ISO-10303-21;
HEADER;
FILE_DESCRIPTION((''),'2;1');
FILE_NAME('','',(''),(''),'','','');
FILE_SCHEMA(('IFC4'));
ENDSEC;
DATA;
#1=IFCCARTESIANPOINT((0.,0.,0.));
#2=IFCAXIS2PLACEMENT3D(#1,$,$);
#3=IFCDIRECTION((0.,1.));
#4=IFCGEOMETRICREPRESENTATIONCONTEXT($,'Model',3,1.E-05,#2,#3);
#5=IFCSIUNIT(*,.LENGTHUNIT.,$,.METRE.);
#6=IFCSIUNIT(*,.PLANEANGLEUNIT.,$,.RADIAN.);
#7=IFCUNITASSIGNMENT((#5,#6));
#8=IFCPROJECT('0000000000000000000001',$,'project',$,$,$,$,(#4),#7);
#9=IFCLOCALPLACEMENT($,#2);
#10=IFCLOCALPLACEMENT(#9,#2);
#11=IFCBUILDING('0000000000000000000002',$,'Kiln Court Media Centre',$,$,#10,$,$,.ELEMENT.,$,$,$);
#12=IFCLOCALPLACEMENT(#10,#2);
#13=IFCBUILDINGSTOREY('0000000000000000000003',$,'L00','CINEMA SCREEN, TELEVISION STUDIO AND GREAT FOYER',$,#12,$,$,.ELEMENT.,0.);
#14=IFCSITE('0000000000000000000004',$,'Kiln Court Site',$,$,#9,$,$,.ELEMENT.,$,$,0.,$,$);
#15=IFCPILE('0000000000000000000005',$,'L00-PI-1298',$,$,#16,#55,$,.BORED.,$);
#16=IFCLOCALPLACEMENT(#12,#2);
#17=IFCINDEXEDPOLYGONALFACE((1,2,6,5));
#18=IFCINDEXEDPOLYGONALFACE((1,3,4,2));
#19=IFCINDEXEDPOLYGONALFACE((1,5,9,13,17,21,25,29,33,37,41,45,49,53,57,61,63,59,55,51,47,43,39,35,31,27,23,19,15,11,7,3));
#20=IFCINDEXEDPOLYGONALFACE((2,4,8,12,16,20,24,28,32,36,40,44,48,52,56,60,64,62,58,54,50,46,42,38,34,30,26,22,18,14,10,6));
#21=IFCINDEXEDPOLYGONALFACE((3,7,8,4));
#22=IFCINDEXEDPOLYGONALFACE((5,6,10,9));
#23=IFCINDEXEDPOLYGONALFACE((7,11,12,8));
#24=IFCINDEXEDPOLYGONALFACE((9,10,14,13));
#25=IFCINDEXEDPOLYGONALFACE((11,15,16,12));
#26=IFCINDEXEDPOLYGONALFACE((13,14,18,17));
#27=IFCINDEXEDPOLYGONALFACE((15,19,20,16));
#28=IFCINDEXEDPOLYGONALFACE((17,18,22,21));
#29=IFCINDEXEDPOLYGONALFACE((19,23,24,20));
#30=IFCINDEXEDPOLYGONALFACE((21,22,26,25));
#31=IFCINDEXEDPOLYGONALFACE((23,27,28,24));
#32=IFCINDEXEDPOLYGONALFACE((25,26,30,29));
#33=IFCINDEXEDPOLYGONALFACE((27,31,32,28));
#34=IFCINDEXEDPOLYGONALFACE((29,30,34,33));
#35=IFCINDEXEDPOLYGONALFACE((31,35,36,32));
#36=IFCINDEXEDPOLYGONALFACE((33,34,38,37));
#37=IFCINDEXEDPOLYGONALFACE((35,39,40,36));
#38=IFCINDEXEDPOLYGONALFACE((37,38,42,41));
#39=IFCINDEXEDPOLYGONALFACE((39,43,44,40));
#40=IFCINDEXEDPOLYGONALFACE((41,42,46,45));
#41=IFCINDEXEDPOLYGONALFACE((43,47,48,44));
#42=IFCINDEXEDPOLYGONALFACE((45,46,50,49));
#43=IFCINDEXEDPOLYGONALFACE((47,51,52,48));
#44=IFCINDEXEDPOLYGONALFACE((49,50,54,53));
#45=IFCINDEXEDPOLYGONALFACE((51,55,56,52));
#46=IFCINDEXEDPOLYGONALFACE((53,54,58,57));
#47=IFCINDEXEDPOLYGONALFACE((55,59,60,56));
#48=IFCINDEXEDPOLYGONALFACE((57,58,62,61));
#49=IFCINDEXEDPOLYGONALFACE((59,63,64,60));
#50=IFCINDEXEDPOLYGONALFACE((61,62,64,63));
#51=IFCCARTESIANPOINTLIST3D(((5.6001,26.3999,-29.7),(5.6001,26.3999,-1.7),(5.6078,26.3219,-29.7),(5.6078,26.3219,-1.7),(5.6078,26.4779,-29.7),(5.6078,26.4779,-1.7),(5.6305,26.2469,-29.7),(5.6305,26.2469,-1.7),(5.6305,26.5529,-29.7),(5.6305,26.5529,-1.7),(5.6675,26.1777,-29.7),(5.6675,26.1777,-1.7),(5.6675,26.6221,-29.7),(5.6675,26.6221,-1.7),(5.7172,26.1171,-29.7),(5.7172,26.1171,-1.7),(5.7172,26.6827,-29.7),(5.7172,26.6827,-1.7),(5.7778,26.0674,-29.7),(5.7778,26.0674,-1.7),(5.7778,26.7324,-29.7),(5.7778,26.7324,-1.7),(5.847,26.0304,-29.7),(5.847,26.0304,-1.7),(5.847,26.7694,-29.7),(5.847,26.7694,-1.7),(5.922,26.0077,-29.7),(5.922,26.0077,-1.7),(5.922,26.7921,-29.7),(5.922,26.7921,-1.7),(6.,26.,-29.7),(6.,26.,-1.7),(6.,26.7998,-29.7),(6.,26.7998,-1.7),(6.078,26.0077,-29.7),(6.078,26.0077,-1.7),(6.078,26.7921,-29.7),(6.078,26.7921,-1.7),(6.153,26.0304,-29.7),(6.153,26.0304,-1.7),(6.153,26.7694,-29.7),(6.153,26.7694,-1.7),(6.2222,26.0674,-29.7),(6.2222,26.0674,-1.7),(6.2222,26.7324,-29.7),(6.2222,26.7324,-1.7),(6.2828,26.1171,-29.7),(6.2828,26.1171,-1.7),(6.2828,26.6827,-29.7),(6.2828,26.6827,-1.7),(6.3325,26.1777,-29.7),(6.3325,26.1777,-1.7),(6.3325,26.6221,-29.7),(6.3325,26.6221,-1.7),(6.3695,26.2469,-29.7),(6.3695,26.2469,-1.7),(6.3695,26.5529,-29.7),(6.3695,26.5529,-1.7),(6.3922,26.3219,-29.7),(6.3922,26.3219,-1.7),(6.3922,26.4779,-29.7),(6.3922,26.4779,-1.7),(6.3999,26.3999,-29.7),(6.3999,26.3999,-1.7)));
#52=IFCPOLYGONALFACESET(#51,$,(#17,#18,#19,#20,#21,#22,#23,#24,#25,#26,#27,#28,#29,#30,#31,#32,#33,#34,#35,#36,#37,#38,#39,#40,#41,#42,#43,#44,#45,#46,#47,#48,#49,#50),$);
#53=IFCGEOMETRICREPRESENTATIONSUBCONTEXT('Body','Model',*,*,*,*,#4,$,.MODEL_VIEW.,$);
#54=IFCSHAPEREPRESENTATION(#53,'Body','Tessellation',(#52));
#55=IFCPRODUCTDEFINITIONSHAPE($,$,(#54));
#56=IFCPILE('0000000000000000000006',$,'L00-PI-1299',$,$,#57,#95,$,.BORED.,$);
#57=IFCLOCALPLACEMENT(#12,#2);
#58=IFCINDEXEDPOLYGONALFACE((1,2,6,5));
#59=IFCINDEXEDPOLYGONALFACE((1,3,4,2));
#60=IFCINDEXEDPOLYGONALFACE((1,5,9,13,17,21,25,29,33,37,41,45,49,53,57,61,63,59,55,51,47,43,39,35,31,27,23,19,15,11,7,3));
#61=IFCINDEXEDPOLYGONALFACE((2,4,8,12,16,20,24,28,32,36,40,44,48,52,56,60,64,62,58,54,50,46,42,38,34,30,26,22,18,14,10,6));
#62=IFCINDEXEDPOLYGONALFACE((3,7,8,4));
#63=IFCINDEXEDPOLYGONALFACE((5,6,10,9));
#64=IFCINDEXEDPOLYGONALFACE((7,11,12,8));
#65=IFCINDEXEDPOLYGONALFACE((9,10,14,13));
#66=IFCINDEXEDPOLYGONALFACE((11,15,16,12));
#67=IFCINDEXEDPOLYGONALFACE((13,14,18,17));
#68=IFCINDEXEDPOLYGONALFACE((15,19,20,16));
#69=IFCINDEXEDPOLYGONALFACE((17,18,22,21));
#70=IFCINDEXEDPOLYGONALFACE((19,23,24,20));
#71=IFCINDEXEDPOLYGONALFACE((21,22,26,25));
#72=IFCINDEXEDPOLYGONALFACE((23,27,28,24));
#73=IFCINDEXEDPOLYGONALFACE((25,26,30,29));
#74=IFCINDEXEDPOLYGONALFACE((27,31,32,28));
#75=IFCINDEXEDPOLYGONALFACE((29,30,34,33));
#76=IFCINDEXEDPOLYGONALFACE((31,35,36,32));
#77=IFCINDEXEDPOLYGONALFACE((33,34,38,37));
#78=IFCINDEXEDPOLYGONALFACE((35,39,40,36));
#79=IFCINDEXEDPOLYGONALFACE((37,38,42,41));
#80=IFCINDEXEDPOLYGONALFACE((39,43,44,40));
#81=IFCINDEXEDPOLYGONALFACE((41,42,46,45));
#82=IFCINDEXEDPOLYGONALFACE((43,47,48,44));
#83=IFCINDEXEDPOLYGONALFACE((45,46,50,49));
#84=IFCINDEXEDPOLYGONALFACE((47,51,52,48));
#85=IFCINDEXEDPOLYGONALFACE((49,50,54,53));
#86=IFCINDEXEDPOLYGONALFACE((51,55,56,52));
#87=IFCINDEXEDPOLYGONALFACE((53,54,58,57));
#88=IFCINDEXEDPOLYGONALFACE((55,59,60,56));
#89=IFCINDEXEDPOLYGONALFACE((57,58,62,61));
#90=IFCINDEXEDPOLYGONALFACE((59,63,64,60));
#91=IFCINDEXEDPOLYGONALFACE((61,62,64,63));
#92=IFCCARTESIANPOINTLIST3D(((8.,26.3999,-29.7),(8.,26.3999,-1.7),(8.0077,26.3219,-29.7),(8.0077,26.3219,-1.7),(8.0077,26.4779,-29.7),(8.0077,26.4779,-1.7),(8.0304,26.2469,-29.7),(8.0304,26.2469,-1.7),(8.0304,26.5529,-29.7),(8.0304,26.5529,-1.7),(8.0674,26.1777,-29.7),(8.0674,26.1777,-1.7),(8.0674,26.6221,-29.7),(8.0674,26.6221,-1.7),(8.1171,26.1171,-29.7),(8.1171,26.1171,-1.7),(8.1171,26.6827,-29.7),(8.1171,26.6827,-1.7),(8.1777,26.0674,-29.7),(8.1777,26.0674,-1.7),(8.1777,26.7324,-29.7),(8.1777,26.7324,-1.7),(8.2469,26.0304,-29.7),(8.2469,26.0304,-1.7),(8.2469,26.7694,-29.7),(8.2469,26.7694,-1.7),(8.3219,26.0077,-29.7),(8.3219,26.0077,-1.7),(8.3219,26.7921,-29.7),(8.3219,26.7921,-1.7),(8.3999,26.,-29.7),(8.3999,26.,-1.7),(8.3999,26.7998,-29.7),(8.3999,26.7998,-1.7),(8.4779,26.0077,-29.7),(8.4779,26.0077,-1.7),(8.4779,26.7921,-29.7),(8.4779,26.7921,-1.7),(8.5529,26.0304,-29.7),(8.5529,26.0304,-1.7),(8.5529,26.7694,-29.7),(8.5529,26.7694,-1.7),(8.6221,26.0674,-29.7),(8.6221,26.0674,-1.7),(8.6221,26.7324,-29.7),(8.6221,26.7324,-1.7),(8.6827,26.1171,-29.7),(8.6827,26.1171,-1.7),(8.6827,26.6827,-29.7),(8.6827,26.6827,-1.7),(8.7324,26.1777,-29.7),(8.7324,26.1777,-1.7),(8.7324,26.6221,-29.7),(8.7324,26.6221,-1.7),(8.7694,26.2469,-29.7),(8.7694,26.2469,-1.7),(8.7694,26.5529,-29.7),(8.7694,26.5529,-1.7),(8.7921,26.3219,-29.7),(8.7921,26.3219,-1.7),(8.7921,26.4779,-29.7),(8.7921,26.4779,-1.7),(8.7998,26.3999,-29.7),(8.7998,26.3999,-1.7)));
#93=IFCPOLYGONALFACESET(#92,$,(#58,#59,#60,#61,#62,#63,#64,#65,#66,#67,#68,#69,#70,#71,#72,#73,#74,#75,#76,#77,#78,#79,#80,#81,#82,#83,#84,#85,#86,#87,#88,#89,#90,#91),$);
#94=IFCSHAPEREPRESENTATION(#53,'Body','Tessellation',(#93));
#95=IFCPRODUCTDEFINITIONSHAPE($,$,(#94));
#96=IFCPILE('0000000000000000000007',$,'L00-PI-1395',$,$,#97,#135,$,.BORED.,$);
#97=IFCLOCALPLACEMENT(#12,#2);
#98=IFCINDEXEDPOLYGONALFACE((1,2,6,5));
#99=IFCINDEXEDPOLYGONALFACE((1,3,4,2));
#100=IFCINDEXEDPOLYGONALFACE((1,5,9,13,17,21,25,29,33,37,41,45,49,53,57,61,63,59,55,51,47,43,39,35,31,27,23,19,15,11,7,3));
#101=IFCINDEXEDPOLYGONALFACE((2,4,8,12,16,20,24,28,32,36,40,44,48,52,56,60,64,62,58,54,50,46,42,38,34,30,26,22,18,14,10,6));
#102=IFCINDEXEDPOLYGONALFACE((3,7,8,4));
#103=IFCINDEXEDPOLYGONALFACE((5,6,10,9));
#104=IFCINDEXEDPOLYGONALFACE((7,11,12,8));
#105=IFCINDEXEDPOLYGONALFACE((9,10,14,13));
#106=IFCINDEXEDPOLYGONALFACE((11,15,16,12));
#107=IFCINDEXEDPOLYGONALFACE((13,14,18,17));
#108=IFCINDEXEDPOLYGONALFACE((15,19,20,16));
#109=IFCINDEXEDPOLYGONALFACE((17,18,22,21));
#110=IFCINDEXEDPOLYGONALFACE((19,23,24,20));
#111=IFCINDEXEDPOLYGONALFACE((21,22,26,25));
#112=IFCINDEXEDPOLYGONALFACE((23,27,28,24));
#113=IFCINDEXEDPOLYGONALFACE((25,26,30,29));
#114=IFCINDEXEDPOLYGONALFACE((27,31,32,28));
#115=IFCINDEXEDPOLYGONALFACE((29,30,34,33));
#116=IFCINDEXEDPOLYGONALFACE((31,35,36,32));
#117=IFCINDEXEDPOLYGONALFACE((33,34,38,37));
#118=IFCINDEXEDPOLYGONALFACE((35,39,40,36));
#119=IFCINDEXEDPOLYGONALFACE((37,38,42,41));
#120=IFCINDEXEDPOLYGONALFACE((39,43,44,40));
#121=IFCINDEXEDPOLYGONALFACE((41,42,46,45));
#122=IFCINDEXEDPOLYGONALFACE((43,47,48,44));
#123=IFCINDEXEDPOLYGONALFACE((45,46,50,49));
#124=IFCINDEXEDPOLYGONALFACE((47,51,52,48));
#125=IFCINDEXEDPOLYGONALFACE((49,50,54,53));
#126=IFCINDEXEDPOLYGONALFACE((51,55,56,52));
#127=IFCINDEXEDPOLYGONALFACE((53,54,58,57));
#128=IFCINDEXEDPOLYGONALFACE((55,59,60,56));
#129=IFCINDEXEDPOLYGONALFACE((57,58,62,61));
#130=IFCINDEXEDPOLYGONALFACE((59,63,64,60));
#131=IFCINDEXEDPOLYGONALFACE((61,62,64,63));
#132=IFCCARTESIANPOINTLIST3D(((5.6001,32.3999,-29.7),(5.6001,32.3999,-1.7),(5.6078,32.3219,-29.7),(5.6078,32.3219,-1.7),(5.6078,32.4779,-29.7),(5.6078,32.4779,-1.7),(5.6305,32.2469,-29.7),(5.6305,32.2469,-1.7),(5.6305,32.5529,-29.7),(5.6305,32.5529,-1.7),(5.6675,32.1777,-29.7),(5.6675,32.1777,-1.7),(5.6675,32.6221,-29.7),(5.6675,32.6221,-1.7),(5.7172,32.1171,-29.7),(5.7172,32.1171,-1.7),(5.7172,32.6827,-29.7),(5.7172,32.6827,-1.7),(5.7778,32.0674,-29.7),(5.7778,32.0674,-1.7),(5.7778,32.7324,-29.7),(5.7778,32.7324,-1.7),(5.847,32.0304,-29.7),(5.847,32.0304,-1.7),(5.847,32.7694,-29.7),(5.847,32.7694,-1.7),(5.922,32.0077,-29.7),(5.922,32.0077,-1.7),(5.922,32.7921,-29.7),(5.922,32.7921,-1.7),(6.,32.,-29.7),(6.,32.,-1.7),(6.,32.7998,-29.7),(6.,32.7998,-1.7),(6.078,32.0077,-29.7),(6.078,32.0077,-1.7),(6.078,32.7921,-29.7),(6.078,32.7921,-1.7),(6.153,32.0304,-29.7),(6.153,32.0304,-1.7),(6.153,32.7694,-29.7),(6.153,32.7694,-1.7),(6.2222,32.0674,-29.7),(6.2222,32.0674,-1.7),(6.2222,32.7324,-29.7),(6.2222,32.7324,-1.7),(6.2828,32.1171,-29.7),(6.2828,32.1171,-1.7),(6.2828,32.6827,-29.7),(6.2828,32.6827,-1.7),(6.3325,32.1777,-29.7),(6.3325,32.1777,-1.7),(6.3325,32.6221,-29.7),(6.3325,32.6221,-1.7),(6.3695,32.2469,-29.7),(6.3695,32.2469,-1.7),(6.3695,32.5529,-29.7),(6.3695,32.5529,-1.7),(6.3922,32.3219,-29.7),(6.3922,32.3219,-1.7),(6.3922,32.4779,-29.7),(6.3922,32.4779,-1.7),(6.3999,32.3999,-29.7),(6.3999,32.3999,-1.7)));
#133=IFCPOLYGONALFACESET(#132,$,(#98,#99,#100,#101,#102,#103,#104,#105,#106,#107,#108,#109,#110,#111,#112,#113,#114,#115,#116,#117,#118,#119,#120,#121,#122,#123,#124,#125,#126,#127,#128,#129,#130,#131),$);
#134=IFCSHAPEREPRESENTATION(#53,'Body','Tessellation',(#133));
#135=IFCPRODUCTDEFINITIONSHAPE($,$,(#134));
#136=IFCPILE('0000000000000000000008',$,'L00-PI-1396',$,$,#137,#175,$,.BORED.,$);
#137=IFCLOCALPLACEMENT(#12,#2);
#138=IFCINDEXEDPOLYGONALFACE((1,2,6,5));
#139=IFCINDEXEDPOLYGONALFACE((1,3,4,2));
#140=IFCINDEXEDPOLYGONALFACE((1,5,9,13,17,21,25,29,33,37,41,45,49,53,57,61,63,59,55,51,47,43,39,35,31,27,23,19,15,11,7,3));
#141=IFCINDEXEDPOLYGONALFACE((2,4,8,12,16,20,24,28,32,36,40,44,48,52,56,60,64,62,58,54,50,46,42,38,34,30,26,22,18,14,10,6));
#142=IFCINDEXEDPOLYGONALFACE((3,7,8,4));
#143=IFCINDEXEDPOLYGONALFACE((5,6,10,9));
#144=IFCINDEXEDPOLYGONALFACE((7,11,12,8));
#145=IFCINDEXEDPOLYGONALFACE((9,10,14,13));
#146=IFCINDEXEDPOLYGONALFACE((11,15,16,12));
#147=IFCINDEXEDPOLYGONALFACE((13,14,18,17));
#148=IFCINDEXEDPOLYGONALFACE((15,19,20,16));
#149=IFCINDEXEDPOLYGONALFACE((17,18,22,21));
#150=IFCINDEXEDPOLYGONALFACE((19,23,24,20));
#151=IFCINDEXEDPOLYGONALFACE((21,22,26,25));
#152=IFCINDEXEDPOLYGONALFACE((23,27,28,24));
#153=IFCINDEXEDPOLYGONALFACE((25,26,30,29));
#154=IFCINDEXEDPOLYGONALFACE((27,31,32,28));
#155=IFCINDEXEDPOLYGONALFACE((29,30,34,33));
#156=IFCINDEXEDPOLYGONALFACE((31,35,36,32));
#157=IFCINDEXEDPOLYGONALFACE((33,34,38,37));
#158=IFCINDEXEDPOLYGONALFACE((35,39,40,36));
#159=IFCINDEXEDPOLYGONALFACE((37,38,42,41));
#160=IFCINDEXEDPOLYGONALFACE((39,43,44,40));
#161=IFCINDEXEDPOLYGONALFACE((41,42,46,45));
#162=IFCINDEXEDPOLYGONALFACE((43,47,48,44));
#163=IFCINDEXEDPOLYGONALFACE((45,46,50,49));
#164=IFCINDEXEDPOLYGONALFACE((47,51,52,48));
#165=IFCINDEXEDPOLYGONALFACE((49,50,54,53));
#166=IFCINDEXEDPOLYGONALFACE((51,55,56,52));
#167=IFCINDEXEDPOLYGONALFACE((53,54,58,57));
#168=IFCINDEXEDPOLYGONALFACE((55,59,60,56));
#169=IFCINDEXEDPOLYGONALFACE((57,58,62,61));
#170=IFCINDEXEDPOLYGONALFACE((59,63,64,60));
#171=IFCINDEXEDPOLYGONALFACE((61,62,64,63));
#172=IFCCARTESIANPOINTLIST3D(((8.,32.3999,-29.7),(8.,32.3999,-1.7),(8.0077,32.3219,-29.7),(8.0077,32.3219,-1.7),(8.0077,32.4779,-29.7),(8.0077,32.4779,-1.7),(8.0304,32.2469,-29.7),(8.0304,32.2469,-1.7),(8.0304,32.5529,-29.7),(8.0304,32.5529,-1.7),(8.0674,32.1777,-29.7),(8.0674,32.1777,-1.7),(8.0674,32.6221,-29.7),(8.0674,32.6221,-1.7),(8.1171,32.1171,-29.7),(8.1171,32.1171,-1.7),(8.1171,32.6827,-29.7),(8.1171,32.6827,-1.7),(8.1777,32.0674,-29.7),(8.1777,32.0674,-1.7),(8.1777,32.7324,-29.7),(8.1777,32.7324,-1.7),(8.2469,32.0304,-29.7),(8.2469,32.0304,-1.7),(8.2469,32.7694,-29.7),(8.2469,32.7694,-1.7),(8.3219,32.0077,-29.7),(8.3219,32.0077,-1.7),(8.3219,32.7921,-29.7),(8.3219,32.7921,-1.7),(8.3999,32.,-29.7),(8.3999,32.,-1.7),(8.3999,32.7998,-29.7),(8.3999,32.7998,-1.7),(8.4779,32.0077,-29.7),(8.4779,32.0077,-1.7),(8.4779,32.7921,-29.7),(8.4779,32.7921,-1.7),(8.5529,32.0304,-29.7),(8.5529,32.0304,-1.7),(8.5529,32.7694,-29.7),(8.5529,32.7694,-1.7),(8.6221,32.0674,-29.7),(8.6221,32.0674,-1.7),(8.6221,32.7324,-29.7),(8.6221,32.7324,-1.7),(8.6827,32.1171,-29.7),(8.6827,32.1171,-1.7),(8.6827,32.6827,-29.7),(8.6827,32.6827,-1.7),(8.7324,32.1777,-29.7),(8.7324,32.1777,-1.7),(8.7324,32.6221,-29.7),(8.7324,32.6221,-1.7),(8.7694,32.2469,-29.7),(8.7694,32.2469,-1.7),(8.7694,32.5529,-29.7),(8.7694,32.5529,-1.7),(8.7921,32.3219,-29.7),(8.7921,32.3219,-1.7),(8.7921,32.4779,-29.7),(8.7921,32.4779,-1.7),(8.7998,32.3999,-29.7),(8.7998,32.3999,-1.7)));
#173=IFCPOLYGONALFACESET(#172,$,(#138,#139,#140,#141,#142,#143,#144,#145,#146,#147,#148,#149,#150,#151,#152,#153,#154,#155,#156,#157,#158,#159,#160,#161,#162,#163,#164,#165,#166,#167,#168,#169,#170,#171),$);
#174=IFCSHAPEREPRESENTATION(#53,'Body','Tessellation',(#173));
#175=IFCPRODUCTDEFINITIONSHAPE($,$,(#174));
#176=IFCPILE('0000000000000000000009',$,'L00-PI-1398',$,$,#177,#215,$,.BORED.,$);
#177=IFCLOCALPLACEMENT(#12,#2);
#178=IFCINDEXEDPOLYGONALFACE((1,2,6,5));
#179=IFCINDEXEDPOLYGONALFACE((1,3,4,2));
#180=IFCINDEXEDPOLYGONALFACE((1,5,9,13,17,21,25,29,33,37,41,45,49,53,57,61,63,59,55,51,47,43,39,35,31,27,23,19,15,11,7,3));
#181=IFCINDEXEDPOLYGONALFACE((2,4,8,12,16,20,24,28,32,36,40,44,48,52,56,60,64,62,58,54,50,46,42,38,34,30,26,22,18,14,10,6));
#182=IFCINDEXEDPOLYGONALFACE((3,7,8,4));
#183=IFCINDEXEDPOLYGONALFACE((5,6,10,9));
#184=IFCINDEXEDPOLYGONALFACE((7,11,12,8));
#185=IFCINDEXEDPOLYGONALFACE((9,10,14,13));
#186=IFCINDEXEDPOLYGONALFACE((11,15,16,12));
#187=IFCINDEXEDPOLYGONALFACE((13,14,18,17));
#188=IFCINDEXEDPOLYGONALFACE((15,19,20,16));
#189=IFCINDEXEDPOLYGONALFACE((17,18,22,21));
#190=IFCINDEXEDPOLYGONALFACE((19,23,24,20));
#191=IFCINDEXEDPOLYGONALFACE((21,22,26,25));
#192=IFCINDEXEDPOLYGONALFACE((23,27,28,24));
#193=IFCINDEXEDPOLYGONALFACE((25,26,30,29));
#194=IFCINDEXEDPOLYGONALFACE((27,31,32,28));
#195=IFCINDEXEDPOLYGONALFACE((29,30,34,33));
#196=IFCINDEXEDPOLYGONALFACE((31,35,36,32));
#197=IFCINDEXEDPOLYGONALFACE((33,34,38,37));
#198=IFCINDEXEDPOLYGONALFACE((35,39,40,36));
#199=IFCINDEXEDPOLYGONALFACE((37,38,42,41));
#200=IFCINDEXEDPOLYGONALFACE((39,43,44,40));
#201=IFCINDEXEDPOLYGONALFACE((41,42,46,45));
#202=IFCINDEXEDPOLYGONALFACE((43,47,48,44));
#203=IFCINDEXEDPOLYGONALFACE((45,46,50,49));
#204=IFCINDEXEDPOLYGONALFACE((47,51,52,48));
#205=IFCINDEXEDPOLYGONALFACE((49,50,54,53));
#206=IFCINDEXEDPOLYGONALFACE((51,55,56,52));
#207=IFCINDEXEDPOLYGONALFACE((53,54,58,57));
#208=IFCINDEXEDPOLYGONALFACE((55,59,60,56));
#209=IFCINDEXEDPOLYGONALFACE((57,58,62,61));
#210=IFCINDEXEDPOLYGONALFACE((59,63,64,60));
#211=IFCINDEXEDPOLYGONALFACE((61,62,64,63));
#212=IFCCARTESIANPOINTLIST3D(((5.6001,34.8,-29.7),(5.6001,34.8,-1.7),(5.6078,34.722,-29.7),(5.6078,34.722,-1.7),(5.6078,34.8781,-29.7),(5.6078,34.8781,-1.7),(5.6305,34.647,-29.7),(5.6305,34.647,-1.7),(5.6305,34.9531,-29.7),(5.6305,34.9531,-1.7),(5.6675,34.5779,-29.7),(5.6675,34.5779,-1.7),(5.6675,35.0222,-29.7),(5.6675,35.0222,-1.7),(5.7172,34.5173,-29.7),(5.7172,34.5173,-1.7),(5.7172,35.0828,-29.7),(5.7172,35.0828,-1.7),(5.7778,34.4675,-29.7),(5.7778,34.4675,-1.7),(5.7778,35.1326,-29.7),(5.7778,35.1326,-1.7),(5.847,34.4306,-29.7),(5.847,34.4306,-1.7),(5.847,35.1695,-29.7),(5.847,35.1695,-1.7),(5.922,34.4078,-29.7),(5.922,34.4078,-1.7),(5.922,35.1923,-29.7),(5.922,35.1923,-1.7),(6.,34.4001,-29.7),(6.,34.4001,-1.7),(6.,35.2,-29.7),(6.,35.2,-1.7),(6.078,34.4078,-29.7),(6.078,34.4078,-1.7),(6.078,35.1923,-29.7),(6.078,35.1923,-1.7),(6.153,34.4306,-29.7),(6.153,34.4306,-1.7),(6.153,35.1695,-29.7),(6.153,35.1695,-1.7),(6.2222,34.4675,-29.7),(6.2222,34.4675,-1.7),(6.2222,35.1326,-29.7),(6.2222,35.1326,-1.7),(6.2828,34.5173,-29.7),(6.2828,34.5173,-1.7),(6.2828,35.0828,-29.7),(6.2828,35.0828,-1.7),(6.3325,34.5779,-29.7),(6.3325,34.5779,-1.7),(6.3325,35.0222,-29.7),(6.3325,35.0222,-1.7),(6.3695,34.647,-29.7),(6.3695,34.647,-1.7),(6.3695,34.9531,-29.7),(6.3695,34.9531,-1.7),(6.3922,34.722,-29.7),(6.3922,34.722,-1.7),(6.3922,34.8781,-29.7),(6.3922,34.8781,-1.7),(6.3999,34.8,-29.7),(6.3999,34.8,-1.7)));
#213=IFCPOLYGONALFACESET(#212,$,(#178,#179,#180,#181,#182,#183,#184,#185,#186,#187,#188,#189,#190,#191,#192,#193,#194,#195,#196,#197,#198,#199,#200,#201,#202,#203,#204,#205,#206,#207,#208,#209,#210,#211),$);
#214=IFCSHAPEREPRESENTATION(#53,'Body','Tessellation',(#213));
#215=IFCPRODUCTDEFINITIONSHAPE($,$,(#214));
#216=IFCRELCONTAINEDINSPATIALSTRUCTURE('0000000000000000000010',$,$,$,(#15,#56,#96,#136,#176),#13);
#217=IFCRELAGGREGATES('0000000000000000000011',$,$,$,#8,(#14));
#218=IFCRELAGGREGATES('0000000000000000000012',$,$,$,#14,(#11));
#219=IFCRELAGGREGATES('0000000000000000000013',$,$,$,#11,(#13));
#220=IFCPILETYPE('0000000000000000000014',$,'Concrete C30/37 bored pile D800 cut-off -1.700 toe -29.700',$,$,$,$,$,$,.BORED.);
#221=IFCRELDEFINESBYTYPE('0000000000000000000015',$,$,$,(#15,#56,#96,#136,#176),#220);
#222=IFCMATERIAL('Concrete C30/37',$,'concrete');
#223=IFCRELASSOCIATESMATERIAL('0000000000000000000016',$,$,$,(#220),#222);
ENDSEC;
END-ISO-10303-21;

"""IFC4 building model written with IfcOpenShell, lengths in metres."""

from ifc_helpers import new_model, si_unit, direction, frame, origin, origin_2d, place, context, subcontext, project, spatial, circle, extrude, material, material_profile, profile_set, type_object, element, save


model = new_model("IFC4")

# Units and contexts
model_context = context("Model", 3, precision=1e-05, world=origin(), true_north=direction((0.0, 1.0)))
body_context = subcontext(model_context, "Body", "Model", "MODEL_VIEW")
ifc_project = project(units=[si_unit("LENGTHUNIT", "METRE"), si_unit("PLANEANGLEUNIT", "RADIAN")], contexts=[model_context])

# Site, building, storey
site_placement = place(None, origin())
site = spatial("IfcSite", under=ifc_project, at=site_placement, Name="Kiln Court Site", CompositionType="ELEMENT", RefElevation=0.0)
building_placement = place(site_placement, origin())
building = spatial("IfcBuilding", under=site, at=building_placement, Name="Kiln Court Media Centre", CompositionType="ELEMENT")
storey_placement = place(building_placement, origin())
storey = spatial("IfcBuildingStorey", under=building, at=storey_placement, Name="L00", Description="CINEMA SCREEN, TELEVISION STUDIO AND GREAT FOYER", CompositionType="ELEMENT", Elevation=0.0)

# Piles
ifc_material_1 = material(Name="Concrete C30/37", Category="concrete")
ifc_material_profile_1 = material_profile(ifc_material_1, circle(Radius=0.3999, at=origin_2d()), Name="PILE D800")
ifc_profile_set_1 = profile_set([ifc_material_profile_1], Name="Concrete C30/37")
pile_type = type_object("IfcPileType", Name="Concrete C30/37 bored pile D800 cut-off -1.700 toe -29.700", PredefinedType="BORED", material=ifc_profile_set_1)
for number, where, z_axis, x_axis, name in (
    (1, (6.0, 26.3999, -1.7), (0.0, 0.0, -1.0), (1.0, 0.0, 0.0), "L00-PI-1298"),
    (2, (8.3999, 26.3999, -1.7), (0.0, 0.0, -1.0), (1.0, 0.0, 0.0), "L00-PI-1299"),
    (3, (6.0, 32.3999, -1.7), (0.0, 0.0, -1.0), (1.0, 0.0, 0.0), "L00-PI-1395"),
    (4, (8.3999, 32.3999, -1.7), (0.0, 0.0, -1.0), (1.0, 0.0, 0.0), "L00-PI-1396"),
    (5, (6.0, 34.8, -1.7), (0.0, 0.0, -1.0), (1.0, 0.0, 0.0), "L00-PI-1398"),
):
    element("IfcPile", number, at=place(storey_placement, frame(where, z_axis=z_axis, x_axis=x_axis)), inside=storey, type_object=pile_type, Name=name, PredefinedType="BORED", context=body_context, shape_type="SweptSolid", body=[
        extrude(circle(Radius=0.3999, at=origin_2d()), origin(), (0.0, 0.0, 1.0), 28.0),
    ])

save(model, "model.ifc")
